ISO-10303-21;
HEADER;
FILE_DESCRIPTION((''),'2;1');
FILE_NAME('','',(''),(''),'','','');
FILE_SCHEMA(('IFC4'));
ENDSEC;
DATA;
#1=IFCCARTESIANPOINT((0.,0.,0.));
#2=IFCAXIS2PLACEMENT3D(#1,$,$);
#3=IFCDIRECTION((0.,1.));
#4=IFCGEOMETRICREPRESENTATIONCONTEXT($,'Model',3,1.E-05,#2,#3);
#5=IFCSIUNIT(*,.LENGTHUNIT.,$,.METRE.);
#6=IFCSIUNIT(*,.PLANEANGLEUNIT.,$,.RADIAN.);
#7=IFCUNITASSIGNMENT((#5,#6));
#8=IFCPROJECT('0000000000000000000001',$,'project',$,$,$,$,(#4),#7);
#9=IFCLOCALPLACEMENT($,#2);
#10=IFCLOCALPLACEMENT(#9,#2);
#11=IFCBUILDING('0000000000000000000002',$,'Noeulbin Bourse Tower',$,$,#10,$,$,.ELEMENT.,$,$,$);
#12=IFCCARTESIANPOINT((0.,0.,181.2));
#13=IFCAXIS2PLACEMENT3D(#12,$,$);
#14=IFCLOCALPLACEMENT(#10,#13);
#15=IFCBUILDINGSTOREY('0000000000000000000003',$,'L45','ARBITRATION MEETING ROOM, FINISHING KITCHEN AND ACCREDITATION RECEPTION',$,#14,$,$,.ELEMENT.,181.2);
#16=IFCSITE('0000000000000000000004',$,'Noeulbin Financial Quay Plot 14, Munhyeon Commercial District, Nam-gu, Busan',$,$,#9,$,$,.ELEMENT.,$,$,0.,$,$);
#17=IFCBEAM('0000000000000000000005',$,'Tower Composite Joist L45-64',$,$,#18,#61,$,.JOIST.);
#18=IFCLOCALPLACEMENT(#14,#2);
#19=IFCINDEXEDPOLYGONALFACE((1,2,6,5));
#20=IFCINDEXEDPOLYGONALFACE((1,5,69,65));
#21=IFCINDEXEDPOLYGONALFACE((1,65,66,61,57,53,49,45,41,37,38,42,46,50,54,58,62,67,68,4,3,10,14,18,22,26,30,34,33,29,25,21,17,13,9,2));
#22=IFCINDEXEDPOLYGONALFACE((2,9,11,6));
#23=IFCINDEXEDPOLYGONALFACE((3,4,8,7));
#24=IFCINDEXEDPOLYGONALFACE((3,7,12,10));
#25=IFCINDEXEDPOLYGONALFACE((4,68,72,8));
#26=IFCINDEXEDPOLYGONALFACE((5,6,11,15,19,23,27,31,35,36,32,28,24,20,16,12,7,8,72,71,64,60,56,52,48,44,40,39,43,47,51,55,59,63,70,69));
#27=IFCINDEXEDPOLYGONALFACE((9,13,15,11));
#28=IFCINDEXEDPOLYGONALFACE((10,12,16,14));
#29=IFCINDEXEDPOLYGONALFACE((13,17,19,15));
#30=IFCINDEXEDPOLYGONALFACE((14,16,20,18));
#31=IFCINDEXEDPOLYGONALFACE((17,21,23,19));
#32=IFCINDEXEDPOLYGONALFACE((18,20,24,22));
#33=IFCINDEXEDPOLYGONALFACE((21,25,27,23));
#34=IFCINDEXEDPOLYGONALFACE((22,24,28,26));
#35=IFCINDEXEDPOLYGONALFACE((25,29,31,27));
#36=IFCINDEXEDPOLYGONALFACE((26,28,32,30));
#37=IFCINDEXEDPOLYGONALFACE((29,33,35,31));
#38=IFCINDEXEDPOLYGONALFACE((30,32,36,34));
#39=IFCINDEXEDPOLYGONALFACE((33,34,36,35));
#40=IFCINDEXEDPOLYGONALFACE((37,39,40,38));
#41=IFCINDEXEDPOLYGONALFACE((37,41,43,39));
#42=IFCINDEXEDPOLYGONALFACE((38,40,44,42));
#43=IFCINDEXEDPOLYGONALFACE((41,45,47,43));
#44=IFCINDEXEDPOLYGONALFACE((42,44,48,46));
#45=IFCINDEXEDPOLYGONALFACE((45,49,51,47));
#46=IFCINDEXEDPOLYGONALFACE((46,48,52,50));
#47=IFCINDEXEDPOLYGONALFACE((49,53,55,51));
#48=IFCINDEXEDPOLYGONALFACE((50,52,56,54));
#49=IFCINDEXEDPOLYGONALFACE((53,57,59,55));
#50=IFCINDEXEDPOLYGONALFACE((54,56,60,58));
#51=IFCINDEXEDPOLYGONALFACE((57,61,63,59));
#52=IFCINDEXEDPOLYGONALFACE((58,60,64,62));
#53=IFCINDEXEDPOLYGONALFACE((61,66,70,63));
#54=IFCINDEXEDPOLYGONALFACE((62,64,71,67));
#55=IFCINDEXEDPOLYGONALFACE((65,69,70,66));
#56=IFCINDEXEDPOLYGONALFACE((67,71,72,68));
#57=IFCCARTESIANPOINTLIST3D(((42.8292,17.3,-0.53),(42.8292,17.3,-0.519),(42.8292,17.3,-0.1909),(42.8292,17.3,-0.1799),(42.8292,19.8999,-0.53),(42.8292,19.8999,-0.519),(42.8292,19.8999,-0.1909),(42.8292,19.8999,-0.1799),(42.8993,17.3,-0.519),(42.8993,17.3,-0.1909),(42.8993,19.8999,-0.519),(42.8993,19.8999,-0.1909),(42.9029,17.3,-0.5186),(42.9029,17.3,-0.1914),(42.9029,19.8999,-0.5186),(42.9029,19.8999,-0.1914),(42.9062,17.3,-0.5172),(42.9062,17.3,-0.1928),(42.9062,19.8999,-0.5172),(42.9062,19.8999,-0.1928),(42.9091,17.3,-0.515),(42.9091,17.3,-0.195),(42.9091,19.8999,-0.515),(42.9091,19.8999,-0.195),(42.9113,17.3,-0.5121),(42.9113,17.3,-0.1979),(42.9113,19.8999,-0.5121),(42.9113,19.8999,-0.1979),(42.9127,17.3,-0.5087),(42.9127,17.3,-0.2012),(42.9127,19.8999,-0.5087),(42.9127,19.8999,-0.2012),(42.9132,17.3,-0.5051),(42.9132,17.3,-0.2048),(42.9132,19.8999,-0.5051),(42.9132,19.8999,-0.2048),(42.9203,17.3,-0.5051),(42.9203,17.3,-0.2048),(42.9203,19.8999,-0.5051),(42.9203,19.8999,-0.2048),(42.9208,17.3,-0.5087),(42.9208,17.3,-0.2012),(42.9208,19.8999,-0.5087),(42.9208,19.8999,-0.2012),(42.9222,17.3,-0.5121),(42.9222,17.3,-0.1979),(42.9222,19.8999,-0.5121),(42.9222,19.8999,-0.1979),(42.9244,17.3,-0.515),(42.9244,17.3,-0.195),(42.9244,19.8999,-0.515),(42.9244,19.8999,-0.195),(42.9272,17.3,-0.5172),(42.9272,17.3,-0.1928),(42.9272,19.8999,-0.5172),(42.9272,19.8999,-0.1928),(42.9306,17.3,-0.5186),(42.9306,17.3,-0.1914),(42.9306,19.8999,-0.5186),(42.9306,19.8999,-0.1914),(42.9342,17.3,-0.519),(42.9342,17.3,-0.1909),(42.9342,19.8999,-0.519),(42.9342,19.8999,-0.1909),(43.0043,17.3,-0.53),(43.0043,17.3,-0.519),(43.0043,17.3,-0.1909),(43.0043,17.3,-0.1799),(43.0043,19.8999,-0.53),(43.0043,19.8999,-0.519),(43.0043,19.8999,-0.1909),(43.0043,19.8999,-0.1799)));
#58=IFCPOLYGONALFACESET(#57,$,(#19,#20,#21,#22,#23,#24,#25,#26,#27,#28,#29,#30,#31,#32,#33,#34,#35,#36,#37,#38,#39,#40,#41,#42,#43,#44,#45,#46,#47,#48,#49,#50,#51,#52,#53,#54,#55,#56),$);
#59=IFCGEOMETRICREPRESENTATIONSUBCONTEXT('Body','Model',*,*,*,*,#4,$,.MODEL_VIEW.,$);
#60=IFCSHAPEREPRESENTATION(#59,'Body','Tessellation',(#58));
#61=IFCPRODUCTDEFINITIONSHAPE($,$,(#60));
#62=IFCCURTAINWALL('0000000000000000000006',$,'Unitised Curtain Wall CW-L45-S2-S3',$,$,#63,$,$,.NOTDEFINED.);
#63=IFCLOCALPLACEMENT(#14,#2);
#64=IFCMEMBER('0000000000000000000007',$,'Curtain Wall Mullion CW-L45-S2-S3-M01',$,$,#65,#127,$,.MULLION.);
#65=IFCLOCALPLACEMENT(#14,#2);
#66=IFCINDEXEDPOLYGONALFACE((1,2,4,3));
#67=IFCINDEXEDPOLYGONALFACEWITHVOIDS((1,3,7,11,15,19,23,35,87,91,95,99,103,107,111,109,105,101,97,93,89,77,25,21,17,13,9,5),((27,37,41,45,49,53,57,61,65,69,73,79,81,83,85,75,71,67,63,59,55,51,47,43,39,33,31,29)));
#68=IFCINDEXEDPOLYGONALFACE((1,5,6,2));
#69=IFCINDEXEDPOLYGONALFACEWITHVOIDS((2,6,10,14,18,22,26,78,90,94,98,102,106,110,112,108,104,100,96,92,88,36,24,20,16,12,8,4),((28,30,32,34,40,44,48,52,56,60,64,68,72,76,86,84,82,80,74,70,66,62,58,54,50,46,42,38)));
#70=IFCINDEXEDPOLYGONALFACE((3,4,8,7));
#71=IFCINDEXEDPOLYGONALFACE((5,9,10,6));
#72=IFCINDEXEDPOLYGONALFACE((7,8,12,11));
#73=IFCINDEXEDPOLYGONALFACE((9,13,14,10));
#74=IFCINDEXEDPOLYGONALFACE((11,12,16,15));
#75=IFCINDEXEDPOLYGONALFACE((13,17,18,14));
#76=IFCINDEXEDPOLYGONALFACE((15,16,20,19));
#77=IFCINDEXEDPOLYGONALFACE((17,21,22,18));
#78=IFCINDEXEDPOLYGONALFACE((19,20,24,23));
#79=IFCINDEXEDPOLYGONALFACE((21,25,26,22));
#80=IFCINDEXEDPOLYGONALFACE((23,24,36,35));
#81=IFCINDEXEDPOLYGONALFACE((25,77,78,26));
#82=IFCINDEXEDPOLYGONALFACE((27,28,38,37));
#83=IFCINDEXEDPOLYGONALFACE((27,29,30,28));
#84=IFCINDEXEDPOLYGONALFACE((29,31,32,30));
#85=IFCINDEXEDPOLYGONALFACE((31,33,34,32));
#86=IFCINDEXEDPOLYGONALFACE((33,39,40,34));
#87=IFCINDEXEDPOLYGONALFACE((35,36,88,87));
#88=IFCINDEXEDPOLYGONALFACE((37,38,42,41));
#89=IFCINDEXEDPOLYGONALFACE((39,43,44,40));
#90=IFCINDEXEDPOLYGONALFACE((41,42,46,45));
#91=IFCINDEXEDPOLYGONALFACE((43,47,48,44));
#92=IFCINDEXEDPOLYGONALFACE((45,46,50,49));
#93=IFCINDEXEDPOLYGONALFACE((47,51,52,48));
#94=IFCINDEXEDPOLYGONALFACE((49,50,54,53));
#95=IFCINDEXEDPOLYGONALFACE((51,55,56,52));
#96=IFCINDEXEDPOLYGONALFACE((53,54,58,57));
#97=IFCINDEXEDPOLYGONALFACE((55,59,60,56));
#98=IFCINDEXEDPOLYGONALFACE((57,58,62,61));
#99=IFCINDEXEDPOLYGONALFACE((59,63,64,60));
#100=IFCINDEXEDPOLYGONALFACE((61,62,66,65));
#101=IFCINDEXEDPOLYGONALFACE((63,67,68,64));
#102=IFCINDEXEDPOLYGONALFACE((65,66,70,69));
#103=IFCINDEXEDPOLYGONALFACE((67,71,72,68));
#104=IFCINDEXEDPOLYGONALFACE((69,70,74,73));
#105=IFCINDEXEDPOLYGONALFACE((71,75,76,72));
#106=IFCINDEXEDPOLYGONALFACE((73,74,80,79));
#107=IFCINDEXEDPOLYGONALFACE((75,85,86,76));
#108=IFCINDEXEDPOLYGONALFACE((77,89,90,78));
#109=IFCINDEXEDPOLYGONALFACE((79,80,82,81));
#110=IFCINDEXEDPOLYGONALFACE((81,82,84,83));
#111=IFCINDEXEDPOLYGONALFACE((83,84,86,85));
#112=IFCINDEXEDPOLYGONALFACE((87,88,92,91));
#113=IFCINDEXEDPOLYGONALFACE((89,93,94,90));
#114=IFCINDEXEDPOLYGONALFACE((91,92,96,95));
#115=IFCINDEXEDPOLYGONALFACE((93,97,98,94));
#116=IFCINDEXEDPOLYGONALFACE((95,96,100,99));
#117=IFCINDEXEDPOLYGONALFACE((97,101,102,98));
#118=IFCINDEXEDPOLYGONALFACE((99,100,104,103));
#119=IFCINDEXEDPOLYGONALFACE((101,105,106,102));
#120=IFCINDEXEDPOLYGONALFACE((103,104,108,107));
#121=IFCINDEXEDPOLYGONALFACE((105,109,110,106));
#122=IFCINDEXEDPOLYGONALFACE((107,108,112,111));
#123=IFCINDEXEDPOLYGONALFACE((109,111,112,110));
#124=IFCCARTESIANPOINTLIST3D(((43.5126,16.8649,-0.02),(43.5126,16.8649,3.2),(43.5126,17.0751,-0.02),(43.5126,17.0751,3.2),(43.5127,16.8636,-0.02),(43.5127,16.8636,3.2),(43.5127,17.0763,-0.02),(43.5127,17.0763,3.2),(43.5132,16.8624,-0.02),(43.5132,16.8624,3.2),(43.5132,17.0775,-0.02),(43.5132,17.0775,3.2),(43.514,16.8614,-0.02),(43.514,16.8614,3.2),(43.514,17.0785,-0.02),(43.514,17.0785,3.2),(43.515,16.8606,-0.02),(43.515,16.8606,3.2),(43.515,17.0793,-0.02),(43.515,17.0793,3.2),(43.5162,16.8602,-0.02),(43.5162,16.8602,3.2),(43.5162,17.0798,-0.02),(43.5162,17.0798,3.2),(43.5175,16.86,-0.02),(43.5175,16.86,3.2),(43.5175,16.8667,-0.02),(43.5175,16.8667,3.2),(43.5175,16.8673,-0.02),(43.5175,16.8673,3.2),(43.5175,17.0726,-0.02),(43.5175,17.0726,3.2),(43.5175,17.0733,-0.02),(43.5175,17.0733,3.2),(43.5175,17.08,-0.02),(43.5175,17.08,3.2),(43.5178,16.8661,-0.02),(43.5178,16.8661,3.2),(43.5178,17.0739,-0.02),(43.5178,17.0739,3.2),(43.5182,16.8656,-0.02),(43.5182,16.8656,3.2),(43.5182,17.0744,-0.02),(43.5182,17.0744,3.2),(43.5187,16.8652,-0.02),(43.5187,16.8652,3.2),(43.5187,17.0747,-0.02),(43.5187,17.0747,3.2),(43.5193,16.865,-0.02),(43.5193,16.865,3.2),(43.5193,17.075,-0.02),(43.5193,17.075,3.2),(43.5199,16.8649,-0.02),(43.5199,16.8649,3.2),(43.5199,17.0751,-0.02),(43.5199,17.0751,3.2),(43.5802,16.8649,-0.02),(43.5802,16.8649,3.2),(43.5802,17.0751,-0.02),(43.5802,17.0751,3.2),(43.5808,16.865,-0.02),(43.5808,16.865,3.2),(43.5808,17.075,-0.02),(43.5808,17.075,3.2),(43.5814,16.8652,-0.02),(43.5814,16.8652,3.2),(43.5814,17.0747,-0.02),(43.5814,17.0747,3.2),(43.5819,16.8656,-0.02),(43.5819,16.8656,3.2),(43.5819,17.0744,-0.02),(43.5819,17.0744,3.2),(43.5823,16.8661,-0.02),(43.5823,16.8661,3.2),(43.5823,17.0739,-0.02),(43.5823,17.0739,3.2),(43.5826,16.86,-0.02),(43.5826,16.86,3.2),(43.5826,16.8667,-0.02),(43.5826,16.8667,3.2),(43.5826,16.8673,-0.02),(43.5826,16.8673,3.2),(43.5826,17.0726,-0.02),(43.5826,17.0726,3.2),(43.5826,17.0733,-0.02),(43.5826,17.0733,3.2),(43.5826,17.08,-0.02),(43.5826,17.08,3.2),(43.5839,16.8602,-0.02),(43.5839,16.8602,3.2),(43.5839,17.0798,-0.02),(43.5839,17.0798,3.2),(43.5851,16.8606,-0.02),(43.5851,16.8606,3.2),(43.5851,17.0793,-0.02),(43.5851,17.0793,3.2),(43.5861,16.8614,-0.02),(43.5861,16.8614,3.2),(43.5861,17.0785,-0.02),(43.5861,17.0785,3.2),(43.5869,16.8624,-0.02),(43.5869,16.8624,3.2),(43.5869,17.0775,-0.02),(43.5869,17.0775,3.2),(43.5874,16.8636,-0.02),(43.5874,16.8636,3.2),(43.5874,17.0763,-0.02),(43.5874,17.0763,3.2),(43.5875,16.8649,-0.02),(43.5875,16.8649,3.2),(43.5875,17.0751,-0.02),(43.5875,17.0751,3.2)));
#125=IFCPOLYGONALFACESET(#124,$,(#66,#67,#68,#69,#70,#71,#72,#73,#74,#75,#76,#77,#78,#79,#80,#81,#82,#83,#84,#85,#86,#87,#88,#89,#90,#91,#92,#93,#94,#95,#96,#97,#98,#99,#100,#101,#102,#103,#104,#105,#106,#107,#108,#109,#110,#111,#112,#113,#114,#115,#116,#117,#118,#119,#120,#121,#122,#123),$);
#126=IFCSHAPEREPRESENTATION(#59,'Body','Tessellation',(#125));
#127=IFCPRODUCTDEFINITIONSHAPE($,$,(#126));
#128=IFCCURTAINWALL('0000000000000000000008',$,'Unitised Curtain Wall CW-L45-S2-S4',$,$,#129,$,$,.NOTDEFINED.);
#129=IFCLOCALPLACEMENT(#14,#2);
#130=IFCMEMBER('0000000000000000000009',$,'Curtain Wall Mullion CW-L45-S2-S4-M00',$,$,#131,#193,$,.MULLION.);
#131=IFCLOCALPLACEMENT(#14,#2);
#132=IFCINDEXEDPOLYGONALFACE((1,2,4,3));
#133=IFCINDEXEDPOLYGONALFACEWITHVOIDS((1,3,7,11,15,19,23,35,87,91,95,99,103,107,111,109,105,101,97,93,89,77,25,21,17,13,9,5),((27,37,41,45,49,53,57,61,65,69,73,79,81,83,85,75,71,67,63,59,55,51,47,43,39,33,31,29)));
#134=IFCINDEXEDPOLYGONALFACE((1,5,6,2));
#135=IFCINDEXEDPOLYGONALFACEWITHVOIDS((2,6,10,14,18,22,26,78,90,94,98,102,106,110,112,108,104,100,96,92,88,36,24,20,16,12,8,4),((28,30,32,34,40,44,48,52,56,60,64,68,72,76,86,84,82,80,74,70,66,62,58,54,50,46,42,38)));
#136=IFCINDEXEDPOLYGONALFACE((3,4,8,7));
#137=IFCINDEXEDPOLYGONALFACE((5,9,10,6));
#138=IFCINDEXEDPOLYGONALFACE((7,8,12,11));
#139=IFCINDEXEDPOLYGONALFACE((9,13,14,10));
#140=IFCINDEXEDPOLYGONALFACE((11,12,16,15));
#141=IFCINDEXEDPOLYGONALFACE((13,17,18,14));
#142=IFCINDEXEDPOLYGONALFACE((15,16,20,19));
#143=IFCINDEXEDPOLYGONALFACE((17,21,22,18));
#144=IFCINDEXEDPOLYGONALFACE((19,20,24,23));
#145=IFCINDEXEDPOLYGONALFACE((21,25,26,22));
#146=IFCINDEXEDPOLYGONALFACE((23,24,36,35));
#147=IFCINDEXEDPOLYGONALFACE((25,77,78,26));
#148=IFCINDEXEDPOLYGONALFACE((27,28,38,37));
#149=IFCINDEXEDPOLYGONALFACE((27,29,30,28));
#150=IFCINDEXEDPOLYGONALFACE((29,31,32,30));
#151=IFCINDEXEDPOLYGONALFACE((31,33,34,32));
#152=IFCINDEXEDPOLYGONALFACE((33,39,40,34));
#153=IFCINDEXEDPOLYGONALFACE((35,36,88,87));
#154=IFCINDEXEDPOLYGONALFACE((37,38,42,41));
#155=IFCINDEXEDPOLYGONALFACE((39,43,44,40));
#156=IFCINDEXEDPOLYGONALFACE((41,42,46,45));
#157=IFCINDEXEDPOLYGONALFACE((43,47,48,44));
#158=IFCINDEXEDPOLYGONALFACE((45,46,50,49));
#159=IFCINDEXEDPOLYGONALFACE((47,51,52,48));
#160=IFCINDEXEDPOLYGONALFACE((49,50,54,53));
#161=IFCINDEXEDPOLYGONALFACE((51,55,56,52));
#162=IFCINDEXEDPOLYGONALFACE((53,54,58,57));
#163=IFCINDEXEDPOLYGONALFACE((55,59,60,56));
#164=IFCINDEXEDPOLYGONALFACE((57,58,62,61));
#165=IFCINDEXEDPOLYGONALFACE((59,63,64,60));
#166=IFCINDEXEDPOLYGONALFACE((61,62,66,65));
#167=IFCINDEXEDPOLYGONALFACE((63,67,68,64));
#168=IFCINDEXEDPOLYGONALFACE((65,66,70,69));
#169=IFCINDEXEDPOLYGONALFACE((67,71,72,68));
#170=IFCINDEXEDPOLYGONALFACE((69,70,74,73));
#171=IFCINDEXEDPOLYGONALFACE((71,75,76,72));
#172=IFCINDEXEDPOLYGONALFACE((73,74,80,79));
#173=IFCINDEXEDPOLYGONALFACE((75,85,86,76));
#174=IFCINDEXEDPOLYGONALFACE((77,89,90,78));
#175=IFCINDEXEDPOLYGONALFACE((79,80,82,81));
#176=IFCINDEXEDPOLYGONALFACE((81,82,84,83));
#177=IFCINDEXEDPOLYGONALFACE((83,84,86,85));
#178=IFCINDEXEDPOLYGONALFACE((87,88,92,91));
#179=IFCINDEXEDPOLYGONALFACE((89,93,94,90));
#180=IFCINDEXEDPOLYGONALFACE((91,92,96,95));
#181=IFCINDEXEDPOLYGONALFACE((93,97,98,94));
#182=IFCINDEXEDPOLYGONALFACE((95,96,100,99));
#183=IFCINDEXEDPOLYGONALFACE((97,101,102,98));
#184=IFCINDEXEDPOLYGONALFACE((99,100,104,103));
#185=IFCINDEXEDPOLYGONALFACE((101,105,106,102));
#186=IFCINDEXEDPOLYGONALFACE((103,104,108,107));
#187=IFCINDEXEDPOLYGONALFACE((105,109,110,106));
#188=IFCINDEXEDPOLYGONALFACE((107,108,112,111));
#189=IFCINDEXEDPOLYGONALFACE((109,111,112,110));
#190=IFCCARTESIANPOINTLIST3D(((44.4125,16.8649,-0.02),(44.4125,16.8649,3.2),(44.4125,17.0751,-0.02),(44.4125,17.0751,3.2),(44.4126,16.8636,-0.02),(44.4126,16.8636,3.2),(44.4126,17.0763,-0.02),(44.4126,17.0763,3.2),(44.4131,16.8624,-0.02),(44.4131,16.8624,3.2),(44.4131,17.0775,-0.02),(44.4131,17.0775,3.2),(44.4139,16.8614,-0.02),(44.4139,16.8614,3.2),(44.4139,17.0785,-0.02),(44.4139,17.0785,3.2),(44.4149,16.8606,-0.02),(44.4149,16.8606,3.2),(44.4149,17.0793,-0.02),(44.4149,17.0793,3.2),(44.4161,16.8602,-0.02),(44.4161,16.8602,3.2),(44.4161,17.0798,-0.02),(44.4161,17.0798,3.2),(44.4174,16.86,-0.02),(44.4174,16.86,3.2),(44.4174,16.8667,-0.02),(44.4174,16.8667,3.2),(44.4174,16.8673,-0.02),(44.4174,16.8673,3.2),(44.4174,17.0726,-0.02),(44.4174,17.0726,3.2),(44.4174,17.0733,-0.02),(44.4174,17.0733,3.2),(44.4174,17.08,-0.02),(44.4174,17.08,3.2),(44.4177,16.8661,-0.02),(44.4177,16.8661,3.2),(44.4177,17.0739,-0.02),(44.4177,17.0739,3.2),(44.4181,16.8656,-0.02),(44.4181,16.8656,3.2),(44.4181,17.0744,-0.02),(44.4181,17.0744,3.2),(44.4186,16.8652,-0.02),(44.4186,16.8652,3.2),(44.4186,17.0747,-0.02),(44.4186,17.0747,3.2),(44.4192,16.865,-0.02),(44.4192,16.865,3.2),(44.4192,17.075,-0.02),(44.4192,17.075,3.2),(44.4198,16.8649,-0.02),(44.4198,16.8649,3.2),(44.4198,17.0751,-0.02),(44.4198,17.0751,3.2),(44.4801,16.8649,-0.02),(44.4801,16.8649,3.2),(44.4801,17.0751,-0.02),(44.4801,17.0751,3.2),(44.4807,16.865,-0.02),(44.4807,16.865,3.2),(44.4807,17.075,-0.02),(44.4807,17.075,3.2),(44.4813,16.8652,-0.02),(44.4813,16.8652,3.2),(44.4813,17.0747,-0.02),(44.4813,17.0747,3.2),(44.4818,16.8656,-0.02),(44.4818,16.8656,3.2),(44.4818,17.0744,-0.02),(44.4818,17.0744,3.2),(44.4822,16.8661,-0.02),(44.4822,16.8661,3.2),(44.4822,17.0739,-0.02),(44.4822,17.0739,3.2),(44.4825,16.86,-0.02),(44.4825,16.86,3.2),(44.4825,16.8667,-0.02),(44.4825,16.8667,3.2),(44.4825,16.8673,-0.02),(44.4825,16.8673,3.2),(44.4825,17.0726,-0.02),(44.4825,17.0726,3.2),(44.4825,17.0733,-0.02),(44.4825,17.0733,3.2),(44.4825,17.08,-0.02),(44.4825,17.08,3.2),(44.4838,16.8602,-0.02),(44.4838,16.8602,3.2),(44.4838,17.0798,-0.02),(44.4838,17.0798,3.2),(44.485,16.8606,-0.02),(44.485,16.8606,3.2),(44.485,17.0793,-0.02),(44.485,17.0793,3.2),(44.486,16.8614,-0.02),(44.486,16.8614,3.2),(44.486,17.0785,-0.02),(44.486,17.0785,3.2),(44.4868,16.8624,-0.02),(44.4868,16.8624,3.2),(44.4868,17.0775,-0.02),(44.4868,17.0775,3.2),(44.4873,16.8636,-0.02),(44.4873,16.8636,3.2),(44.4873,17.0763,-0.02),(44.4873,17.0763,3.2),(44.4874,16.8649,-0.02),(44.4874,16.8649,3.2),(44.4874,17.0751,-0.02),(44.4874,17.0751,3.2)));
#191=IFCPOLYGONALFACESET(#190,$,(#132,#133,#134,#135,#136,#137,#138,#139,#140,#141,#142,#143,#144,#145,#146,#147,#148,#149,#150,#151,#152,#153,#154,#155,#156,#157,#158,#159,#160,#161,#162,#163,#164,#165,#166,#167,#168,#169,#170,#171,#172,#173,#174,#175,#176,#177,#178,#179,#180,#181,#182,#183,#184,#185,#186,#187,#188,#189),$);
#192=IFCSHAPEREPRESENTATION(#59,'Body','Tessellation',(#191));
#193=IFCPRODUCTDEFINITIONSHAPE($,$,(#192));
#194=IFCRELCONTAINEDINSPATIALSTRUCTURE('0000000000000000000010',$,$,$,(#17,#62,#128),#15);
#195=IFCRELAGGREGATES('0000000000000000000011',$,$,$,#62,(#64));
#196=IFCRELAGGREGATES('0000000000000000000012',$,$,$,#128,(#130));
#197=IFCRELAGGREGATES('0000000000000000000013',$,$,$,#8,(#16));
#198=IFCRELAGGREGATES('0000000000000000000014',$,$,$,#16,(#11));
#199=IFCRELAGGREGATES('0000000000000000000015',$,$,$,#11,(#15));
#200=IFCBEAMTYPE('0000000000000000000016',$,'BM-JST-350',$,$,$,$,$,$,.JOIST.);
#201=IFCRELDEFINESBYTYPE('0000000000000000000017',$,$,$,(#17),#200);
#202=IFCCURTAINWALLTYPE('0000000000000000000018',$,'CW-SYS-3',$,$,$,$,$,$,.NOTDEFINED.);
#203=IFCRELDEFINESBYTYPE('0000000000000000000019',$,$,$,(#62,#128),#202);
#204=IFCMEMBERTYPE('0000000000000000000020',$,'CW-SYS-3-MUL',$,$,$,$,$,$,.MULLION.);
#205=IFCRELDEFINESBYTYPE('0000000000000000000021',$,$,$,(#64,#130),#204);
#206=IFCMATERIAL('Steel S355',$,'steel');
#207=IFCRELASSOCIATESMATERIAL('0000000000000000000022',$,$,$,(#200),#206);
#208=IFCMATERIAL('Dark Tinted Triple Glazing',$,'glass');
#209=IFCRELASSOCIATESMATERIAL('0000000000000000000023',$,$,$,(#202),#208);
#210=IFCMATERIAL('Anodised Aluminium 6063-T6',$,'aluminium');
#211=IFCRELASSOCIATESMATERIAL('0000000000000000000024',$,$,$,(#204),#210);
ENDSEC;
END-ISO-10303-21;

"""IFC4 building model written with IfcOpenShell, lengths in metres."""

from ifc_helpers import new_model, si_unit, direction, frame, origin, origin_2d, place, context, subcontext, project, spatial, hollow_rectangle, i_section, extrude, material, material_profile, profile_set, type_object, element, aggregate, save


model = new_model("IFC4")

# Units and contexts
model_context = context("Model", 3, precision=1e-05, world=origin(), true_north=direction((0.0, 1.0)))
body_context = subcontext(model_context, "Body", "Model", "MODEL_VIEW")
ifc_project = project(units=[si_unit("LENGTHUNIT", "METRE"), si_unit("PLANEANGLEUNIT", "RADIAN")], contexts=[model_context])

# Site, building, storey
site_placement = place(None, origin())
site = spatial("IfcSite", under=ifc_project, at=site_placement, Name="Noeulbin Financial Quay Plot 14, Munhyeon Commercial District, Nam-gu, Busan", CompositionType="ELEMENT", RefElevation=0.0)
building_placement = place(site_placement, origin())
building = spatial("IfcBuilding", under=site, at=building_placement, Name="Noeulbin Bourse Tower", CompositionType="ELEMENT")
storey_placement = place(building_placement, frame((0.0, 0.0, 181.2)))
storey = spatial("IfcBuildingStorey", under=building, at=storey_placement, Name="L45", Description="ARBITRATION MEETING ROOM, FINISHING KITCHEN AND ACCREDITATION RECEPTION", CompositionType="ELEMENT", Elevation=181.2)

# Shared definitions
ifc_material_1 = material(Name="Steel S355", Category="steel")

# Beam
ifc_material_profile_1 = material_profile(ifc_material_1, i_section(OverallWidth=0.175, OverallDepth=0.3501, WebThickness=0.0071, FlangeThickness=0.011, FilletRadius=0.0139, at=origin_2d()), Name="H-350x175x7x11", Category="LoadBearing")
ifc_profile_set_1 = profile_set([ifc_material_profile_1], Name="Steel S355")
beam_type_1 = type_object("IfcBeamType", Name="BM-JST-350", PredefinedType="JOIST", material=ifc_profile_set_1)
beam_1_placement = place(storey_placement, frame((42.9167, 17.3, -0.355), z_axis=(0.0, 1.0, 0.0), x_axis=(-1.0, 0.0, 0.0)))
element("IfcBeam", 1, at=beam_1_placement, inside=storey, type_object=beam_type_1, Name="Tower Composite Joist L45-64", PredefinedType="JOIST", context=body_context, shape_type="SweptSolid", body=[
    extrude(i_section(OverallWidth=0.175, OverallDepth=0.3501, WebThickness=0.0071, FlangeThickness=0.011, FilletRadius=0.0139, at=origin_2d()), origin(), (0.0, 0.0, 1.0), 2.5999),
])

# Curtain wall, member
ifc_material_2 = material(Name="Dark Tinted Triple Glazing", Category="glass")
curtain_wall_type = type_object("IfcCurtainWallType", Name="CW-SYS-3", PredefinedType="NOTDEFINED", material=ifc_material_2)
curtain_wall_1_placement = place(storey_placement, origin())
curtain_wall_1 = element("IfcCurtainWall", 2, at=curtain_wall_1_placement, inside=storey, type_object=curtain_wall_type, Name="Unitised Curtain Wall CW-L45-S2-S3", PredefinedType="NOTDEFINED")
ifc_material_3 = material(Name="Anodised Aluminium 6063-T6", Category="aluminium")
ifc_material_profile_2 = material_profile(ifc_material_3, hollow_rectangle(XDim=0.075, YDim=0.22, WallThickness=0.0049, InnerFilletRadius=0.0024, OuterFilletRadius=0.0049, at=origin_2d()), Name="ALU-MULL-75x220x5", Category="LoadBearing")
ifc_profile_set_2 = profile_set([ifc_material_profile_2], Name="Anodised Aluminium 6063-T6")
member_type_1 = type_object("IfcMemberType", Name="CW-SYS-3-MUL", PredefinedType="MULLION", material=ifc_profile_set_2)
member_1_placement = place(storey_placement, frame((43.55, 16.97, -0.02), z_axis=(0.0, 0.0, 1.0), x_axis=(1.0, 0.0, 0.0)))
member_1 = element("IfcMember", 3, at=member_1_placement, type_object=member_type_1, Name="Curtain Wall Mullion CW-L45-S2-S3-M01", PredefinedType="MULLION", context=body_context, shape_type="SweptSolid", body=[
    extrude(hollow_rectangle(XDim=0.075, YDim=0.22, WallThickness=0.0049, InnerFilletRadius=0.0024, OuterFilletRadius=0.0049, at=origin_2d()), origin(), (0.0, 0.0, 1.0), 3.22),
])
aggregate(curtain_wall_1, [member_1])

# Curtain wall, member
curtain_wall_2_placement = place(storey_placement, origin())
curtain_wall_2 = element("IfcCurtainWall", 4, at=curtain_wall_2_placement, inside=storey, type_object=curtain_wall_type, Name="Unitised Curtain Wall CW-L45-S2-S4", PredefinedType="NOTDEFINED")
member_2_placement = place(storey_placement, frame((44.45, 16.97, -0.02), z_axis=(0.0, 0.0, 1.0), x_axis=(1.0, 0.0, 0.0)))
member_2 = element("IfcMember", 5, at=member_2_placement, type_object=member_type_1, Name="Curtain Wall Mullion CW-L45-S2-S4-M00", PredefinedType="MULLION", context=body_context, shape_type="SweptSolid", body=[
    extrude(hollow_rectangle(XDim=0.075, YDim=0.22, WallThickness=0.0049, InnerFilletRadius=0.0024, OuterFilletRadius=0.0049, at=origin_2d()), origin(), (0.0, 0.0, 1.0), 3.22),
])

aggregate(curtain_wall_2, [member_2])

save(model, "model.ifc")
